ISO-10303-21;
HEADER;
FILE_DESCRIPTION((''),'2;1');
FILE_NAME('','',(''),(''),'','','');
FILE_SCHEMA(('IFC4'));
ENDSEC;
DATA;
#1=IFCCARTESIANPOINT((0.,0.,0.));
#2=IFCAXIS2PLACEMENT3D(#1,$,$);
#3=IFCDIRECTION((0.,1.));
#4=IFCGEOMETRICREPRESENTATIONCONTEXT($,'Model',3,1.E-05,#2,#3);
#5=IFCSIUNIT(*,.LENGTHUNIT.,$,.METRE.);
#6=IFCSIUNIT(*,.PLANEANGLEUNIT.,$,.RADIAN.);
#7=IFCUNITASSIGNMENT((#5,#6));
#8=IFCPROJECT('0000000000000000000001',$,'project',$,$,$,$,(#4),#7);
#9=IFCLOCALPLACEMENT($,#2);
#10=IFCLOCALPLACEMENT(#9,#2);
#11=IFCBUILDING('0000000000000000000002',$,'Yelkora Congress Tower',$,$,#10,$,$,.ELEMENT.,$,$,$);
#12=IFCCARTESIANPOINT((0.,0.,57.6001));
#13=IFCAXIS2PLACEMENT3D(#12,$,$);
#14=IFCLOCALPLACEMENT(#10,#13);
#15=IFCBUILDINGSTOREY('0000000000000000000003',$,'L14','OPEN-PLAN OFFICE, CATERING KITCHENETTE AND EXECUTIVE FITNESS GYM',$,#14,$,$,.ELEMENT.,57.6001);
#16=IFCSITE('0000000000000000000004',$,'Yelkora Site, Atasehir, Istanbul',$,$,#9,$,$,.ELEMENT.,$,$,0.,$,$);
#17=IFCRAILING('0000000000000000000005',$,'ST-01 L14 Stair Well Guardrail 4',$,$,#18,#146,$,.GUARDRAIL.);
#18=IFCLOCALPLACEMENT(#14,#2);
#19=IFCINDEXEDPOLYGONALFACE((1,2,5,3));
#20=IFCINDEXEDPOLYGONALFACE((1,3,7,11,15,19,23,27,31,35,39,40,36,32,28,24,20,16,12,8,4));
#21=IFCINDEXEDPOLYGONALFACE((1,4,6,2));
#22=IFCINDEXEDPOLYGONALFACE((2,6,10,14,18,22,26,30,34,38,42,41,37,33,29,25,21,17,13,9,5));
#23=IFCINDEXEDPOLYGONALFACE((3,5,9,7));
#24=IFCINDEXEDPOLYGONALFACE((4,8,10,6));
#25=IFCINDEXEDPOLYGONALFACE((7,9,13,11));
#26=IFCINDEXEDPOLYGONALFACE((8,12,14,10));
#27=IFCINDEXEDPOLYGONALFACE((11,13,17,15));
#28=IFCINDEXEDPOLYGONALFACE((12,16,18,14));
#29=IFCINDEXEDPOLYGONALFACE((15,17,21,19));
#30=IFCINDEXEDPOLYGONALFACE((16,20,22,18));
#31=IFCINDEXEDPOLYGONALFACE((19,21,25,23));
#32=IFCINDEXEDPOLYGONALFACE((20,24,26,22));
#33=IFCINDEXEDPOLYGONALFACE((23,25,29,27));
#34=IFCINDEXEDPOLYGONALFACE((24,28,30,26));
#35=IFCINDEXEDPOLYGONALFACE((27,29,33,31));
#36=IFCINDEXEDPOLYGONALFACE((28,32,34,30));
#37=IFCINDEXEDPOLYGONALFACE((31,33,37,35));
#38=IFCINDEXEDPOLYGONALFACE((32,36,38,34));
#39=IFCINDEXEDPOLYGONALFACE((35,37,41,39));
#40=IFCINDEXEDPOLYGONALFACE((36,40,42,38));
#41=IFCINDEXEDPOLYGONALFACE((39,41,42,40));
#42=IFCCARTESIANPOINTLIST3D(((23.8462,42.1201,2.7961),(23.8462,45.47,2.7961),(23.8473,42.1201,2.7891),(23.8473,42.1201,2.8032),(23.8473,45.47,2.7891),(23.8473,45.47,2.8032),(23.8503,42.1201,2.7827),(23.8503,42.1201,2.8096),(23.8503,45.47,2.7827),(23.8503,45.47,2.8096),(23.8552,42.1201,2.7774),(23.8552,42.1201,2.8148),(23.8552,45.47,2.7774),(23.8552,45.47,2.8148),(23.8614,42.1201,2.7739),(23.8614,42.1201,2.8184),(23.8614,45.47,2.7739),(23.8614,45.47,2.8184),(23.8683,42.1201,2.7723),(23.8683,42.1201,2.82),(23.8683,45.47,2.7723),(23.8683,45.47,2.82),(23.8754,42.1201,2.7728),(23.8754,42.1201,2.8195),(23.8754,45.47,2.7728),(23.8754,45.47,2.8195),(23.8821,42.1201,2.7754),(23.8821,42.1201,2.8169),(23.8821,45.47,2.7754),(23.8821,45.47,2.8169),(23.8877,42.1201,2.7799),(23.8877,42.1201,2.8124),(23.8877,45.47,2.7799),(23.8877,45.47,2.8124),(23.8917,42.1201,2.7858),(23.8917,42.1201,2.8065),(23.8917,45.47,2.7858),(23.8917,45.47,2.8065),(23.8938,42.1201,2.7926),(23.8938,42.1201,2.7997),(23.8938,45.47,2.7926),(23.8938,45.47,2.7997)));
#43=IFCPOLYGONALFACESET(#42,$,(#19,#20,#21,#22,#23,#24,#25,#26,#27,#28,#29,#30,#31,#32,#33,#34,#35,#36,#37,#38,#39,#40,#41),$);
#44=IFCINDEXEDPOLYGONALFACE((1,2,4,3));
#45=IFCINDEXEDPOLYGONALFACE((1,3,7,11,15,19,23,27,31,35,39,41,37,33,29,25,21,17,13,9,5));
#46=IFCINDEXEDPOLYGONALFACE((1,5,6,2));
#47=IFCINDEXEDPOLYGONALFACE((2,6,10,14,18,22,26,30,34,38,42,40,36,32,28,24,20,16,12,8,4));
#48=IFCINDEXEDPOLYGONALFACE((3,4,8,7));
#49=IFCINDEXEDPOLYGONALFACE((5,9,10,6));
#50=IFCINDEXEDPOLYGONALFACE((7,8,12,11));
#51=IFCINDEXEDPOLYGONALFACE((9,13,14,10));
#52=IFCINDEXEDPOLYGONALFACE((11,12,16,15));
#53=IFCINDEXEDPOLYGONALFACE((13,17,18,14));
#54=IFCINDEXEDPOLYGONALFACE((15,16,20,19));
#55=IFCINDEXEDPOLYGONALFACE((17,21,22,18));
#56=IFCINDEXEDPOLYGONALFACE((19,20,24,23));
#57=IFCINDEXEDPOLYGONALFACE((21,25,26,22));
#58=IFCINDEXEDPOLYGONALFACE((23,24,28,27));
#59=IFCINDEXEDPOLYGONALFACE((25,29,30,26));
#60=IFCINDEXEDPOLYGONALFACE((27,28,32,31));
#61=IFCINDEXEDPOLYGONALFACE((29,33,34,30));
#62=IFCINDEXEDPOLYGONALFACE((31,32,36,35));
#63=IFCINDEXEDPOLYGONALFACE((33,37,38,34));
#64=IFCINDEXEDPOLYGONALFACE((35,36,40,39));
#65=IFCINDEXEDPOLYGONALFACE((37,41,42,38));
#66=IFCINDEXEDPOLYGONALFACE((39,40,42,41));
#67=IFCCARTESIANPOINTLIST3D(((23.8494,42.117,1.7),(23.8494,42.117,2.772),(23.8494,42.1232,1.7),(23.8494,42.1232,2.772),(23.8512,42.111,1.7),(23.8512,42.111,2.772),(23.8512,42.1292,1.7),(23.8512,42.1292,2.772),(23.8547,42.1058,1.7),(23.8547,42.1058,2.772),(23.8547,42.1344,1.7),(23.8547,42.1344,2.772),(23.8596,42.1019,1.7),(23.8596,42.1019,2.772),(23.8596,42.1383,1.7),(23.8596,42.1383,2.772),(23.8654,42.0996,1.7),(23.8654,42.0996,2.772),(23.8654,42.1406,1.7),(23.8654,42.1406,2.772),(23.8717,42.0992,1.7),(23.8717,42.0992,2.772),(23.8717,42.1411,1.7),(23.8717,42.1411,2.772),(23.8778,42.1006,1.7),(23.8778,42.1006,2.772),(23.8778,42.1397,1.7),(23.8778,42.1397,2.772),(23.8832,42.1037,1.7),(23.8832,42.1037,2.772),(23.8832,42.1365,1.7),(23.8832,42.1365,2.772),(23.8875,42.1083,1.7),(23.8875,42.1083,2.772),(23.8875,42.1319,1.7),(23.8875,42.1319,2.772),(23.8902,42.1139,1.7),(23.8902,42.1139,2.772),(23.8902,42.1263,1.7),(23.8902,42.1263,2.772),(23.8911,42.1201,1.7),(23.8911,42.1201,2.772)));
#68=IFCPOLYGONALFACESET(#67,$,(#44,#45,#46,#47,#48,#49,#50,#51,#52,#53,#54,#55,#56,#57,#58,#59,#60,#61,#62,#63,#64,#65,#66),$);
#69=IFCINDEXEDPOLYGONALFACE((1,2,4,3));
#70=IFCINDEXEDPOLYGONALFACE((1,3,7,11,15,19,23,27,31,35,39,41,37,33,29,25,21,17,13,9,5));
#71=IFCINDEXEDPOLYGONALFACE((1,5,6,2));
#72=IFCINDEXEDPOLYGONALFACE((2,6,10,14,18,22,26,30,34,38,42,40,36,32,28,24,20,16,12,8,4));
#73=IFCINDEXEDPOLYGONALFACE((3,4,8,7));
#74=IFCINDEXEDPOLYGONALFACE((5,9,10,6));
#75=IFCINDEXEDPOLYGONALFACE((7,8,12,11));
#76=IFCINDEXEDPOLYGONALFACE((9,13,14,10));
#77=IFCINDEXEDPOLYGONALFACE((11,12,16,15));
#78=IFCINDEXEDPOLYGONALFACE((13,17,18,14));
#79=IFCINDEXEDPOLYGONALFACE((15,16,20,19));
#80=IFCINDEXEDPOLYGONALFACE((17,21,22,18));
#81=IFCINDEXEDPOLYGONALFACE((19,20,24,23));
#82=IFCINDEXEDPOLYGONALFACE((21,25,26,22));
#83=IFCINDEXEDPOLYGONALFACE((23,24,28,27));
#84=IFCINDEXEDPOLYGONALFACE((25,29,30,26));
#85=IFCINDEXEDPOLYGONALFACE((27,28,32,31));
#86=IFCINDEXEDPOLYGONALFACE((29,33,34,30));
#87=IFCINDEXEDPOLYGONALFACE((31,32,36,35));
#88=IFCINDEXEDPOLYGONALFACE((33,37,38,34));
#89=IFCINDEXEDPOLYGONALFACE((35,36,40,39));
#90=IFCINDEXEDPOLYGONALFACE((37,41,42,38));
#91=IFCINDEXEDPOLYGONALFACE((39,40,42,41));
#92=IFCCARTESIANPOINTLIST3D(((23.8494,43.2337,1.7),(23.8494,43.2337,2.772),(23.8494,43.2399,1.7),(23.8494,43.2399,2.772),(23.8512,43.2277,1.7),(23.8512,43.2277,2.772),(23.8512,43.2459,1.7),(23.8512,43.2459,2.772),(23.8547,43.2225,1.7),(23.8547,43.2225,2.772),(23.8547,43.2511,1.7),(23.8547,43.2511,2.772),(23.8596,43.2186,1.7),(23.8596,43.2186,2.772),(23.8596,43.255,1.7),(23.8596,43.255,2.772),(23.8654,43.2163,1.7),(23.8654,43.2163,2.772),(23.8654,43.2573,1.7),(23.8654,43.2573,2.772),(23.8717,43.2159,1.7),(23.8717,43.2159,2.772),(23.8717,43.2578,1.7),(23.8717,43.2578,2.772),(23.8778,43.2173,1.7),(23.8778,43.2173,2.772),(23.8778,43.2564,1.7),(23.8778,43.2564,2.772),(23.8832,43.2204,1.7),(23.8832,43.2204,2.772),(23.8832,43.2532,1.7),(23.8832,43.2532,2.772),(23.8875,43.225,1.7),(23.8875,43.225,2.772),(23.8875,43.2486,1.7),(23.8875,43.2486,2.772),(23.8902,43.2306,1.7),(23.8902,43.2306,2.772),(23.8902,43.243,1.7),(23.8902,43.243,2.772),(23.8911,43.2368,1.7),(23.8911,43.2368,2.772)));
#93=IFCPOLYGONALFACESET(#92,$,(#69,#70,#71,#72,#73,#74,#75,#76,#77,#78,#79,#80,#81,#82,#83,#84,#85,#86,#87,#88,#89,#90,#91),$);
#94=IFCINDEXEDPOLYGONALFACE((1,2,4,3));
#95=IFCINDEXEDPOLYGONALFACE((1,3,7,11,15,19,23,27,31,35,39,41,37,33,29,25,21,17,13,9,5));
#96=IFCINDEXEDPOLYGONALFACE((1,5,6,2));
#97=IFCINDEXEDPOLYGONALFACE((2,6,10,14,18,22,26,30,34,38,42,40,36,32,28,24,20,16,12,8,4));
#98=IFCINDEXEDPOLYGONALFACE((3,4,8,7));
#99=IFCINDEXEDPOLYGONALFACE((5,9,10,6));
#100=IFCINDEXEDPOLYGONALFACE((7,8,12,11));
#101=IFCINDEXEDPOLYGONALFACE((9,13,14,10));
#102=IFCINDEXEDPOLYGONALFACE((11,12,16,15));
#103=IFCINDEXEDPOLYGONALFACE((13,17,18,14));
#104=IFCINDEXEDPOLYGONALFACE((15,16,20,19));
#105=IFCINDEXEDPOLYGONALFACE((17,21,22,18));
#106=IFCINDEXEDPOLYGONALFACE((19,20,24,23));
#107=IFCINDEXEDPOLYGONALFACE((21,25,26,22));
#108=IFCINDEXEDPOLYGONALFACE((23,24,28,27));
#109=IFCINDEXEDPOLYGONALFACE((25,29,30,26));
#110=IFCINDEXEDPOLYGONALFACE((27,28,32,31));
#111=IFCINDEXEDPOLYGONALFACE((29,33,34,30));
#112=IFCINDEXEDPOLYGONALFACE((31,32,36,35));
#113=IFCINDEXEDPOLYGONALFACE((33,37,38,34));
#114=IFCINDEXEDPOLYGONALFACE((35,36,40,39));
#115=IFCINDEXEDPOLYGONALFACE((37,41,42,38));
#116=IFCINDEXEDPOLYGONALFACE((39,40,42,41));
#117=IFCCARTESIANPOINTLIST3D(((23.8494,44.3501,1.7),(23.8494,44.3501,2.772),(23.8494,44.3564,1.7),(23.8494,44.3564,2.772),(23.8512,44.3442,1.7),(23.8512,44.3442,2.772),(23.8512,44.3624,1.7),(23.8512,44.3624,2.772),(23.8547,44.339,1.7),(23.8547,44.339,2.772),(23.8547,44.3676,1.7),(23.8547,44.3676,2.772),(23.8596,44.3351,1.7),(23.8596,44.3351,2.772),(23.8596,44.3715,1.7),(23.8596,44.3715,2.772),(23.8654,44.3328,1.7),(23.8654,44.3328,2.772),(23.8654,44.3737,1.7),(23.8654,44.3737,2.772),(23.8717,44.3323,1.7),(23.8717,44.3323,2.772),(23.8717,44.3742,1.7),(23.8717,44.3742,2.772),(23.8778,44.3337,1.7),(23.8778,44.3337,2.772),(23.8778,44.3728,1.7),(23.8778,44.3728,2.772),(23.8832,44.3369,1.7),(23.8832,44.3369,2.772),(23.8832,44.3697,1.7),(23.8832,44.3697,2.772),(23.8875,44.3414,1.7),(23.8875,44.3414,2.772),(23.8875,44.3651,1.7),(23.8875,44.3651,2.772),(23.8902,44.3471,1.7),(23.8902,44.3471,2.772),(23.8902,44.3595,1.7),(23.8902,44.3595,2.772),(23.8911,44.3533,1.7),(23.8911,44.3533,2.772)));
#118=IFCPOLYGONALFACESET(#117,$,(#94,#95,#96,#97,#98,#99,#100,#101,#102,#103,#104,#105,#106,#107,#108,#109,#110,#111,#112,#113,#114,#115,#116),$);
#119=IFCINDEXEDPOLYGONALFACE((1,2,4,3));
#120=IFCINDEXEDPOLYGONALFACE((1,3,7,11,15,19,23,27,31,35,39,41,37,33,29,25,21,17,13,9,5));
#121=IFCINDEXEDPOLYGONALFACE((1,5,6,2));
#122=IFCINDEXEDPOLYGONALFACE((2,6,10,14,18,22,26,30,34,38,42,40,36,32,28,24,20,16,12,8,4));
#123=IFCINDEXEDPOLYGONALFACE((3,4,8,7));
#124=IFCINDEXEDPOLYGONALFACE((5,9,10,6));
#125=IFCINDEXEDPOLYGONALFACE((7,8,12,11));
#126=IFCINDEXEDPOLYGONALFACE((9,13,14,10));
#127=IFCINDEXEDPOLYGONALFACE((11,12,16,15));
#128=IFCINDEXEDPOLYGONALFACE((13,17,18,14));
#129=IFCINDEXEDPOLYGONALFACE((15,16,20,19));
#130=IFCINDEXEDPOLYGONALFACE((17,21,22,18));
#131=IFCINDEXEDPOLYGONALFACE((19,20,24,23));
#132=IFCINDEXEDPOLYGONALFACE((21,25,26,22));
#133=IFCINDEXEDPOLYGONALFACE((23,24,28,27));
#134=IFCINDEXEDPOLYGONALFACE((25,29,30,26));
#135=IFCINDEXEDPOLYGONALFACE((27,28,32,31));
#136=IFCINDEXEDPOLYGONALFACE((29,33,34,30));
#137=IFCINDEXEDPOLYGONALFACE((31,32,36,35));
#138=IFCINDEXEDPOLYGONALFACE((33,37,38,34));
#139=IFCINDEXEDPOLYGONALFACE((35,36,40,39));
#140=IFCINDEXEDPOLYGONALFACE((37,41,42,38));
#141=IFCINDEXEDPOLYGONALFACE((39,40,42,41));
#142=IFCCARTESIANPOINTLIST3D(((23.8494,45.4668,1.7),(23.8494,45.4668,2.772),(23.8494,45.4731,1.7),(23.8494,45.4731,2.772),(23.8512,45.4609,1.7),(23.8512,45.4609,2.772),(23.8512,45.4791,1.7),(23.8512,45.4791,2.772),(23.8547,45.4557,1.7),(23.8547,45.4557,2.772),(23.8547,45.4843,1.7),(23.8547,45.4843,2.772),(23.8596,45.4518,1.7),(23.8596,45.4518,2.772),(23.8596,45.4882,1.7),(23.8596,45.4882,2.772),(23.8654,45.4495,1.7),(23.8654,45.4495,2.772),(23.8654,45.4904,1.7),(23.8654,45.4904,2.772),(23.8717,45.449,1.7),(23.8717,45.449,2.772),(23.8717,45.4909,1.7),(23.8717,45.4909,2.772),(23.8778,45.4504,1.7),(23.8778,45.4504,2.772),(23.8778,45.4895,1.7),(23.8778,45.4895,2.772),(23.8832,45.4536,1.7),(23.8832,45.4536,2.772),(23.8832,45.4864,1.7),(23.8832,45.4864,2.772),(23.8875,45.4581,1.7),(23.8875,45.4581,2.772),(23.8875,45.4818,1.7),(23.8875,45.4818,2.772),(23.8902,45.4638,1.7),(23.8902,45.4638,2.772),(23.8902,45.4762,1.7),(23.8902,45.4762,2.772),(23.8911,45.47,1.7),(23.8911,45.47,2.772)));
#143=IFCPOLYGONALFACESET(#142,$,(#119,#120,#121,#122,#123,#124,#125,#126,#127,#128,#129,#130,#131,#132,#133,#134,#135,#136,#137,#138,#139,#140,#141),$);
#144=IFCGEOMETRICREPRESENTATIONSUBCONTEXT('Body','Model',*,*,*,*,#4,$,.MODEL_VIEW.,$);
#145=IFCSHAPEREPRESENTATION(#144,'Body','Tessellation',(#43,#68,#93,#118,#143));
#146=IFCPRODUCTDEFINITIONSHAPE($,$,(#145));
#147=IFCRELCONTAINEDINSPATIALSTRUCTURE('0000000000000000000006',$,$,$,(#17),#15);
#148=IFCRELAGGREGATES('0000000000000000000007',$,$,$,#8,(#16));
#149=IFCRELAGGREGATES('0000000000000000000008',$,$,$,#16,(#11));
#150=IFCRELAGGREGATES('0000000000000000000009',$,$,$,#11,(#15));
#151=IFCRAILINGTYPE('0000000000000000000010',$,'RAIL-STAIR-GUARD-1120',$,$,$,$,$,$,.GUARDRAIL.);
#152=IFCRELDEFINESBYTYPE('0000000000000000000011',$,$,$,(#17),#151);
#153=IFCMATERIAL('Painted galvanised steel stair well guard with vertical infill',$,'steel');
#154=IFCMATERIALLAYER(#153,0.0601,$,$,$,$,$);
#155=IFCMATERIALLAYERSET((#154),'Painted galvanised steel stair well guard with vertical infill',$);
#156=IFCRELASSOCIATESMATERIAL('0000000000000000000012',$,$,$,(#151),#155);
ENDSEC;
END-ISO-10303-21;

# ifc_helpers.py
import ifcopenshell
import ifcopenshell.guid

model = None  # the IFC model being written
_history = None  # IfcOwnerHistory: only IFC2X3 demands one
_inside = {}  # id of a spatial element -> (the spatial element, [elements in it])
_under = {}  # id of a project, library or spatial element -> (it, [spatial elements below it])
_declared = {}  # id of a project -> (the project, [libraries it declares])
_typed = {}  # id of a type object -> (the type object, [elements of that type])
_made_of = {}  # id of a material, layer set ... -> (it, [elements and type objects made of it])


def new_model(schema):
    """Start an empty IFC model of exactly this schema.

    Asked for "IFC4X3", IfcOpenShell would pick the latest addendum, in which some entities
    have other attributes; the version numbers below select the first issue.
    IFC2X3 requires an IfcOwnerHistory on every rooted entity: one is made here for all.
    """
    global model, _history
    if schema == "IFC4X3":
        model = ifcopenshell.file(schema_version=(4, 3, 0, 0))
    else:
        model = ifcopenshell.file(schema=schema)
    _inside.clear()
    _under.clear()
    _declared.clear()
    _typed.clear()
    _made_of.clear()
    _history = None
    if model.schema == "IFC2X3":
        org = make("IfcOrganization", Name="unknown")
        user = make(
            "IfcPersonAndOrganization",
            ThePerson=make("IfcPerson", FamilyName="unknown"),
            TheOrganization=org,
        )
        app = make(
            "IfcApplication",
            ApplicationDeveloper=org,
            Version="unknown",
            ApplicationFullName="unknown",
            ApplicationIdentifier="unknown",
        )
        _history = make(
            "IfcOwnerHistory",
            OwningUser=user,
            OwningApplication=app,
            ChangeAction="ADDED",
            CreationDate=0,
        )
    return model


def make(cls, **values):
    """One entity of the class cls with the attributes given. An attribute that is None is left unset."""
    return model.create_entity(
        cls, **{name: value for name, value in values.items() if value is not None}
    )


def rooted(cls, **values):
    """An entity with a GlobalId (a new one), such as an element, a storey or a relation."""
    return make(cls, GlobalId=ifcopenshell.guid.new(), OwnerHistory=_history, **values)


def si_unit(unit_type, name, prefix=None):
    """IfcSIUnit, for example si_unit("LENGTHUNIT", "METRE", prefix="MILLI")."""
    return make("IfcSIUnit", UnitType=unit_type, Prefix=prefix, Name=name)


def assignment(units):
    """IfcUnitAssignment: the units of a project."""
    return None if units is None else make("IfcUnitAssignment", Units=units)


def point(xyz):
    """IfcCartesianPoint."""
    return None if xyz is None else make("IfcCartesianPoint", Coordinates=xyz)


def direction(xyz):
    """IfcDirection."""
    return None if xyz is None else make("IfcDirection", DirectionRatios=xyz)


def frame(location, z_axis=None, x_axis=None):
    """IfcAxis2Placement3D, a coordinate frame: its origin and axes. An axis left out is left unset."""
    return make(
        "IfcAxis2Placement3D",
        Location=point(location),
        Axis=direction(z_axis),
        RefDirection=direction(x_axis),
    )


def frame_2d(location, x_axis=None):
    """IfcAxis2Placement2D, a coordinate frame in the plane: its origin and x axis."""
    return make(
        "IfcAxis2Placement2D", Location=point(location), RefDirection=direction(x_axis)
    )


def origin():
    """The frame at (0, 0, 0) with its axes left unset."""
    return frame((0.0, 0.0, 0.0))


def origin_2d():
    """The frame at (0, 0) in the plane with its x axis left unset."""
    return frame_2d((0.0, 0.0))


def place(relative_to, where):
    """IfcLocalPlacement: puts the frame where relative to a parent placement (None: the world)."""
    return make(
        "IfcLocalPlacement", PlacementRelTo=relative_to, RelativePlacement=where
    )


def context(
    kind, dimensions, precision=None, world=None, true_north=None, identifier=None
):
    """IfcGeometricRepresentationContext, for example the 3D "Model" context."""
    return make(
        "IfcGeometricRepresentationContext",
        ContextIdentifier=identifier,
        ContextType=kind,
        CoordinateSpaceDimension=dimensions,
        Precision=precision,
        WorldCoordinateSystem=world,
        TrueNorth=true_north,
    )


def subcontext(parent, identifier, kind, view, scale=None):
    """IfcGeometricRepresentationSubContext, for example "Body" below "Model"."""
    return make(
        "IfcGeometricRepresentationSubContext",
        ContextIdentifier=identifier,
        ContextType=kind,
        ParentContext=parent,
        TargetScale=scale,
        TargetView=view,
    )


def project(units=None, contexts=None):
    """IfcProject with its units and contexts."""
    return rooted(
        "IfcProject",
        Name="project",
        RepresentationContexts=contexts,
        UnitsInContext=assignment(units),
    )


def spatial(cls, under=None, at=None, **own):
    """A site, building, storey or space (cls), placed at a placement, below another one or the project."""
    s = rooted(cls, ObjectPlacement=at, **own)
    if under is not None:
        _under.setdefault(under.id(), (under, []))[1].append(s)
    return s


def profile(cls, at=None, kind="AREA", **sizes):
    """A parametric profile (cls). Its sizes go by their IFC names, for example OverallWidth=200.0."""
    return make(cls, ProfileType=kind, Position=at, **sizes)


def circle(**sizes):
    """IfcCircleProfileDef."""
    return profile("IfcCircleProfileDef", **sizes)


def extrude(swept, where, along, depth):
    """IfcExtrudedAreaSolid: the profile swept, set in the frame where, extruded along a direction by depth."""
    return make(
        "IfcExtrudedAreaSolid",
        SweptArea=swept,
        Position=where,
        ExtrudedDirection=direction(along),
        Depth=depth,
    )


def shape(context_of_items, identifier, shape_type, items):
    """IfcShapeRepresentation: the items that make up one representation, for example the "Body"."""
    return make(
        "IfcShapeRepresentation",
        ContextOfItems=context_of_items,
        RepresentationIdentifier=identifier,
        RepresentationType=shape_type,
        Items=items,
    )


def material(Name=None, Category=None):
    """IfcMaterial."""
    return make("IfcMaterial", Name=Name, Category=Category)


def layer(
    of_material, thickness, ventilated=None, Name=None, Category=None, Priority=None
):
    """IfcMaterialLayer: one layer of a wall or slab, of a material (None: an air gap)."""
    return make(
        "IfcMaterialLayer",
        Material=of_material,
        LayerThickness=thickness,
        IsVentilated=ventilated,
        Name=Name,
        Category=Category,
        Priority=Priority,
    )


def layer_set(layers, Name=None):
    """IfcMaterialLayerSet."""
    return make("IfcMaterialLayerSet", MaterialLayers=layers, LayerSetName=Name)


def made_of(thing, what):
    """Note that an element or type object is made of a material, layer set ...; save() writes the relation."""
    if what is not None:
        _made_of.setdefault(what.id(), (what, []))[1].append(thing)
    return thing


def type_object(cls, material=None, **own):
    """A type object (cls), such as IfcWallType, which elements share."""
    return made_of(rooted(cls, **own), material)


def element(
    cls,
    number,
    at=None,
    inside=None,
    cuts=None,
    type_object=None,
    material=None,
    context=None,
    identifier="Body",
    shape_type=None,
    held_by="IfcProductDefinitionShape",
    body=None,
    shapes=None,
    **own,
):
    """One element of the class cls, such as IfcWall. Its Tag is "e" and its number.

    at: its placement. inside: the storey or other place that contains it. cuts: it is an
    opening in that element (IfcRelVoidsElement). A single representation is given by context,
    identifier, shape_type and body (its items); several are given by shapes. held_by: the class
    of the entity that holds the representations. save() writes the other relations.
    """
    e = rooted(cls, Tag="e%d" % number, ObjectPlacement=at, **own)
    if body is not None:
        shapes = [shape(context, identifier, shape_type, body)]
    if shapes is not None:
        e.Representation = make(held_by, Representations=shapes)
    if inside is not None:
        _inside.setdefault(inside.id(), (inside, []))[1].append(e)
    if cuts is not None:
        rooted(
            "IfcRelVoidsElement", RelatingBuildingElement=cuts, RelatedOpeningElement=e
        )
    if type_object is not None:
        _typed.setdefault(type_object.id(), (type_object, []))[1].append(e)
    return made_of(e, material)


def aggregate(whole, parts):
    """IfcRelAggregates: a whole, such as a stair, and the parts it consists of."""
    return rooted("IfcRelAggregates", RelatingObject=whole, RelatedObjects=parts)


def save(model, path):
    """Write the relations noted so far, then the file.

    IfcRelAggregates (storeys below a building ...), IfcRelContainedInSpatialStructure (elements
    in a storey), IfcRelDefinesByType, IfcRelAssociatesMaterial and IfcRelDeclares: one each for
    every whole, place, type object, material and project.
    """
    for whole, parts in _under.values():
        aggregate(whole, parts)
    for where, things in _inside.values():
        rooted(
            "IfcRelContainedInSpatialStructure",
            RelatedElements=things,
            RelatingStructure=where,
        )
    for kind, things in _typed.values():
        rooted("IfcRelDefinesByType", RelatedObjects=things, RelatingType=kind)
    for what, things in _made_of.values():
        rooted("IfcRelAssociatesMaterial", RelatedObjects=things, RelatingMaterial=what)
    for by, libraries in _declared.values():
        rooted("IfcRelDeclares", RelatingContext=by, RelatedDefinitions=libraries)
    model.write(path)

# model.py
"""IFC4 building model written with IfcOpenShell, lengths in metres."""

from ifc_helpers import new_model, si_unit, direction, frame, origin, origin_2d, place, context, subcontext, project, spatial, circle, extrude, material, layer, layer_set, type_object, element, save


model = new_model("IFC4")

# Units and contexts
model_context = context("Model", 3, precision=1e-05, world=origin(), true_north=direction((0.0, 1.0)))
body_context = subcontext(model_context, "Body", "Model", "MODEL_VIEW")
ifc_project = project(units=[si_unit("LENGTHUNIT", "METRE"), si_unit("PLANEANGLEUNIT", "RADIAN")], contexts=[model_context])

# Site, building, storey
site_placement = place(None, origin())
site = spatial("IfcSite", under=ifc_project, at=site_placement, Name="Yelkora Site, Atasehir, Istanbul", CompositionType="ELEMENT", RefElevation=0.0)
building_placement = place(site_placement, origin())
building = spatial("IfcBuilding", under=site, at=building_placement, Name="Yelkora Congress Tower", CompositionType="ELEMENT")
storey_placement = place(building_placement, frame((0.0, 0.0, 57.6001)))
storey = spatial("IfcBuildingStorey", under=building, at=storey_placement, Name="L14", Description="OPEN-PLAN OFFICE, CATERING KITCHENETTE AND EXECUTIVE FITNESS GYM", CompositionType="ELEMENT", Elevation=57.6001)

# Railing
ifc_material_1 = material(Name="Painted galvanised steel stair well guard with vertical infill", Category="steel")
ifc_layer_1 = layer(ifc_material_1, 0.0601)
ifc_layer_set_1 = layer_set([ifc_layer_1], Name="Painted galvanised steel stair well guard with vertical infill")
railing_type_1 = type_object("IfcRailingType", Name="RAIL-STAIR-GUARD-1120", PredefinedType="GUARDRAIL", material=ifc_layer_set_1)
for number, where, name in (
    (1, (23.8701, 42.1201, 1.7), "ST-01 L14 Stair Well Guardrail 4"),
):
    element("IfcRailing", number, at=place(storey_placement, frame(where)), inside=storey, type_object=railing_type_1, Name=name, PredefinedType="GUARDRAIL", context=body_context, shape_type="SweptSolid", body=[
        extrude(circle(Radius=0.0239, at=origin_2d()), frame((0.0, 0.0, 1.0962), z_axis=(0.0, 1.0, 0.0), x_axis=(-1.0, 0.0, 0.0)), (0.0, 0.0, 1.0), 3.3499),
        extrude(circle(Radius=0.021, at=origin_2d()), origin(), (0.0, 0.0, 1.0), 1.072),
        extrude(circle(Radius=0.021, at=origin_2d()), frame((0.0, 1.1167, 0.0)), (0.0, 0.0, 1.0), 1.072),
        extrude(circle(Radius=0.021, at=origin_2d()), frame((0.0, 2.2332, 0.0)), (0.0, 0.0, 1.0), 1.072),
        extrude(circle(Radius=0.021, at=origin_2d()), frame((0.0, 3.3499, 0.0)), (0.0, 0.0, 1.0), 1.072),
    ])

save(model, "model.ifc")
